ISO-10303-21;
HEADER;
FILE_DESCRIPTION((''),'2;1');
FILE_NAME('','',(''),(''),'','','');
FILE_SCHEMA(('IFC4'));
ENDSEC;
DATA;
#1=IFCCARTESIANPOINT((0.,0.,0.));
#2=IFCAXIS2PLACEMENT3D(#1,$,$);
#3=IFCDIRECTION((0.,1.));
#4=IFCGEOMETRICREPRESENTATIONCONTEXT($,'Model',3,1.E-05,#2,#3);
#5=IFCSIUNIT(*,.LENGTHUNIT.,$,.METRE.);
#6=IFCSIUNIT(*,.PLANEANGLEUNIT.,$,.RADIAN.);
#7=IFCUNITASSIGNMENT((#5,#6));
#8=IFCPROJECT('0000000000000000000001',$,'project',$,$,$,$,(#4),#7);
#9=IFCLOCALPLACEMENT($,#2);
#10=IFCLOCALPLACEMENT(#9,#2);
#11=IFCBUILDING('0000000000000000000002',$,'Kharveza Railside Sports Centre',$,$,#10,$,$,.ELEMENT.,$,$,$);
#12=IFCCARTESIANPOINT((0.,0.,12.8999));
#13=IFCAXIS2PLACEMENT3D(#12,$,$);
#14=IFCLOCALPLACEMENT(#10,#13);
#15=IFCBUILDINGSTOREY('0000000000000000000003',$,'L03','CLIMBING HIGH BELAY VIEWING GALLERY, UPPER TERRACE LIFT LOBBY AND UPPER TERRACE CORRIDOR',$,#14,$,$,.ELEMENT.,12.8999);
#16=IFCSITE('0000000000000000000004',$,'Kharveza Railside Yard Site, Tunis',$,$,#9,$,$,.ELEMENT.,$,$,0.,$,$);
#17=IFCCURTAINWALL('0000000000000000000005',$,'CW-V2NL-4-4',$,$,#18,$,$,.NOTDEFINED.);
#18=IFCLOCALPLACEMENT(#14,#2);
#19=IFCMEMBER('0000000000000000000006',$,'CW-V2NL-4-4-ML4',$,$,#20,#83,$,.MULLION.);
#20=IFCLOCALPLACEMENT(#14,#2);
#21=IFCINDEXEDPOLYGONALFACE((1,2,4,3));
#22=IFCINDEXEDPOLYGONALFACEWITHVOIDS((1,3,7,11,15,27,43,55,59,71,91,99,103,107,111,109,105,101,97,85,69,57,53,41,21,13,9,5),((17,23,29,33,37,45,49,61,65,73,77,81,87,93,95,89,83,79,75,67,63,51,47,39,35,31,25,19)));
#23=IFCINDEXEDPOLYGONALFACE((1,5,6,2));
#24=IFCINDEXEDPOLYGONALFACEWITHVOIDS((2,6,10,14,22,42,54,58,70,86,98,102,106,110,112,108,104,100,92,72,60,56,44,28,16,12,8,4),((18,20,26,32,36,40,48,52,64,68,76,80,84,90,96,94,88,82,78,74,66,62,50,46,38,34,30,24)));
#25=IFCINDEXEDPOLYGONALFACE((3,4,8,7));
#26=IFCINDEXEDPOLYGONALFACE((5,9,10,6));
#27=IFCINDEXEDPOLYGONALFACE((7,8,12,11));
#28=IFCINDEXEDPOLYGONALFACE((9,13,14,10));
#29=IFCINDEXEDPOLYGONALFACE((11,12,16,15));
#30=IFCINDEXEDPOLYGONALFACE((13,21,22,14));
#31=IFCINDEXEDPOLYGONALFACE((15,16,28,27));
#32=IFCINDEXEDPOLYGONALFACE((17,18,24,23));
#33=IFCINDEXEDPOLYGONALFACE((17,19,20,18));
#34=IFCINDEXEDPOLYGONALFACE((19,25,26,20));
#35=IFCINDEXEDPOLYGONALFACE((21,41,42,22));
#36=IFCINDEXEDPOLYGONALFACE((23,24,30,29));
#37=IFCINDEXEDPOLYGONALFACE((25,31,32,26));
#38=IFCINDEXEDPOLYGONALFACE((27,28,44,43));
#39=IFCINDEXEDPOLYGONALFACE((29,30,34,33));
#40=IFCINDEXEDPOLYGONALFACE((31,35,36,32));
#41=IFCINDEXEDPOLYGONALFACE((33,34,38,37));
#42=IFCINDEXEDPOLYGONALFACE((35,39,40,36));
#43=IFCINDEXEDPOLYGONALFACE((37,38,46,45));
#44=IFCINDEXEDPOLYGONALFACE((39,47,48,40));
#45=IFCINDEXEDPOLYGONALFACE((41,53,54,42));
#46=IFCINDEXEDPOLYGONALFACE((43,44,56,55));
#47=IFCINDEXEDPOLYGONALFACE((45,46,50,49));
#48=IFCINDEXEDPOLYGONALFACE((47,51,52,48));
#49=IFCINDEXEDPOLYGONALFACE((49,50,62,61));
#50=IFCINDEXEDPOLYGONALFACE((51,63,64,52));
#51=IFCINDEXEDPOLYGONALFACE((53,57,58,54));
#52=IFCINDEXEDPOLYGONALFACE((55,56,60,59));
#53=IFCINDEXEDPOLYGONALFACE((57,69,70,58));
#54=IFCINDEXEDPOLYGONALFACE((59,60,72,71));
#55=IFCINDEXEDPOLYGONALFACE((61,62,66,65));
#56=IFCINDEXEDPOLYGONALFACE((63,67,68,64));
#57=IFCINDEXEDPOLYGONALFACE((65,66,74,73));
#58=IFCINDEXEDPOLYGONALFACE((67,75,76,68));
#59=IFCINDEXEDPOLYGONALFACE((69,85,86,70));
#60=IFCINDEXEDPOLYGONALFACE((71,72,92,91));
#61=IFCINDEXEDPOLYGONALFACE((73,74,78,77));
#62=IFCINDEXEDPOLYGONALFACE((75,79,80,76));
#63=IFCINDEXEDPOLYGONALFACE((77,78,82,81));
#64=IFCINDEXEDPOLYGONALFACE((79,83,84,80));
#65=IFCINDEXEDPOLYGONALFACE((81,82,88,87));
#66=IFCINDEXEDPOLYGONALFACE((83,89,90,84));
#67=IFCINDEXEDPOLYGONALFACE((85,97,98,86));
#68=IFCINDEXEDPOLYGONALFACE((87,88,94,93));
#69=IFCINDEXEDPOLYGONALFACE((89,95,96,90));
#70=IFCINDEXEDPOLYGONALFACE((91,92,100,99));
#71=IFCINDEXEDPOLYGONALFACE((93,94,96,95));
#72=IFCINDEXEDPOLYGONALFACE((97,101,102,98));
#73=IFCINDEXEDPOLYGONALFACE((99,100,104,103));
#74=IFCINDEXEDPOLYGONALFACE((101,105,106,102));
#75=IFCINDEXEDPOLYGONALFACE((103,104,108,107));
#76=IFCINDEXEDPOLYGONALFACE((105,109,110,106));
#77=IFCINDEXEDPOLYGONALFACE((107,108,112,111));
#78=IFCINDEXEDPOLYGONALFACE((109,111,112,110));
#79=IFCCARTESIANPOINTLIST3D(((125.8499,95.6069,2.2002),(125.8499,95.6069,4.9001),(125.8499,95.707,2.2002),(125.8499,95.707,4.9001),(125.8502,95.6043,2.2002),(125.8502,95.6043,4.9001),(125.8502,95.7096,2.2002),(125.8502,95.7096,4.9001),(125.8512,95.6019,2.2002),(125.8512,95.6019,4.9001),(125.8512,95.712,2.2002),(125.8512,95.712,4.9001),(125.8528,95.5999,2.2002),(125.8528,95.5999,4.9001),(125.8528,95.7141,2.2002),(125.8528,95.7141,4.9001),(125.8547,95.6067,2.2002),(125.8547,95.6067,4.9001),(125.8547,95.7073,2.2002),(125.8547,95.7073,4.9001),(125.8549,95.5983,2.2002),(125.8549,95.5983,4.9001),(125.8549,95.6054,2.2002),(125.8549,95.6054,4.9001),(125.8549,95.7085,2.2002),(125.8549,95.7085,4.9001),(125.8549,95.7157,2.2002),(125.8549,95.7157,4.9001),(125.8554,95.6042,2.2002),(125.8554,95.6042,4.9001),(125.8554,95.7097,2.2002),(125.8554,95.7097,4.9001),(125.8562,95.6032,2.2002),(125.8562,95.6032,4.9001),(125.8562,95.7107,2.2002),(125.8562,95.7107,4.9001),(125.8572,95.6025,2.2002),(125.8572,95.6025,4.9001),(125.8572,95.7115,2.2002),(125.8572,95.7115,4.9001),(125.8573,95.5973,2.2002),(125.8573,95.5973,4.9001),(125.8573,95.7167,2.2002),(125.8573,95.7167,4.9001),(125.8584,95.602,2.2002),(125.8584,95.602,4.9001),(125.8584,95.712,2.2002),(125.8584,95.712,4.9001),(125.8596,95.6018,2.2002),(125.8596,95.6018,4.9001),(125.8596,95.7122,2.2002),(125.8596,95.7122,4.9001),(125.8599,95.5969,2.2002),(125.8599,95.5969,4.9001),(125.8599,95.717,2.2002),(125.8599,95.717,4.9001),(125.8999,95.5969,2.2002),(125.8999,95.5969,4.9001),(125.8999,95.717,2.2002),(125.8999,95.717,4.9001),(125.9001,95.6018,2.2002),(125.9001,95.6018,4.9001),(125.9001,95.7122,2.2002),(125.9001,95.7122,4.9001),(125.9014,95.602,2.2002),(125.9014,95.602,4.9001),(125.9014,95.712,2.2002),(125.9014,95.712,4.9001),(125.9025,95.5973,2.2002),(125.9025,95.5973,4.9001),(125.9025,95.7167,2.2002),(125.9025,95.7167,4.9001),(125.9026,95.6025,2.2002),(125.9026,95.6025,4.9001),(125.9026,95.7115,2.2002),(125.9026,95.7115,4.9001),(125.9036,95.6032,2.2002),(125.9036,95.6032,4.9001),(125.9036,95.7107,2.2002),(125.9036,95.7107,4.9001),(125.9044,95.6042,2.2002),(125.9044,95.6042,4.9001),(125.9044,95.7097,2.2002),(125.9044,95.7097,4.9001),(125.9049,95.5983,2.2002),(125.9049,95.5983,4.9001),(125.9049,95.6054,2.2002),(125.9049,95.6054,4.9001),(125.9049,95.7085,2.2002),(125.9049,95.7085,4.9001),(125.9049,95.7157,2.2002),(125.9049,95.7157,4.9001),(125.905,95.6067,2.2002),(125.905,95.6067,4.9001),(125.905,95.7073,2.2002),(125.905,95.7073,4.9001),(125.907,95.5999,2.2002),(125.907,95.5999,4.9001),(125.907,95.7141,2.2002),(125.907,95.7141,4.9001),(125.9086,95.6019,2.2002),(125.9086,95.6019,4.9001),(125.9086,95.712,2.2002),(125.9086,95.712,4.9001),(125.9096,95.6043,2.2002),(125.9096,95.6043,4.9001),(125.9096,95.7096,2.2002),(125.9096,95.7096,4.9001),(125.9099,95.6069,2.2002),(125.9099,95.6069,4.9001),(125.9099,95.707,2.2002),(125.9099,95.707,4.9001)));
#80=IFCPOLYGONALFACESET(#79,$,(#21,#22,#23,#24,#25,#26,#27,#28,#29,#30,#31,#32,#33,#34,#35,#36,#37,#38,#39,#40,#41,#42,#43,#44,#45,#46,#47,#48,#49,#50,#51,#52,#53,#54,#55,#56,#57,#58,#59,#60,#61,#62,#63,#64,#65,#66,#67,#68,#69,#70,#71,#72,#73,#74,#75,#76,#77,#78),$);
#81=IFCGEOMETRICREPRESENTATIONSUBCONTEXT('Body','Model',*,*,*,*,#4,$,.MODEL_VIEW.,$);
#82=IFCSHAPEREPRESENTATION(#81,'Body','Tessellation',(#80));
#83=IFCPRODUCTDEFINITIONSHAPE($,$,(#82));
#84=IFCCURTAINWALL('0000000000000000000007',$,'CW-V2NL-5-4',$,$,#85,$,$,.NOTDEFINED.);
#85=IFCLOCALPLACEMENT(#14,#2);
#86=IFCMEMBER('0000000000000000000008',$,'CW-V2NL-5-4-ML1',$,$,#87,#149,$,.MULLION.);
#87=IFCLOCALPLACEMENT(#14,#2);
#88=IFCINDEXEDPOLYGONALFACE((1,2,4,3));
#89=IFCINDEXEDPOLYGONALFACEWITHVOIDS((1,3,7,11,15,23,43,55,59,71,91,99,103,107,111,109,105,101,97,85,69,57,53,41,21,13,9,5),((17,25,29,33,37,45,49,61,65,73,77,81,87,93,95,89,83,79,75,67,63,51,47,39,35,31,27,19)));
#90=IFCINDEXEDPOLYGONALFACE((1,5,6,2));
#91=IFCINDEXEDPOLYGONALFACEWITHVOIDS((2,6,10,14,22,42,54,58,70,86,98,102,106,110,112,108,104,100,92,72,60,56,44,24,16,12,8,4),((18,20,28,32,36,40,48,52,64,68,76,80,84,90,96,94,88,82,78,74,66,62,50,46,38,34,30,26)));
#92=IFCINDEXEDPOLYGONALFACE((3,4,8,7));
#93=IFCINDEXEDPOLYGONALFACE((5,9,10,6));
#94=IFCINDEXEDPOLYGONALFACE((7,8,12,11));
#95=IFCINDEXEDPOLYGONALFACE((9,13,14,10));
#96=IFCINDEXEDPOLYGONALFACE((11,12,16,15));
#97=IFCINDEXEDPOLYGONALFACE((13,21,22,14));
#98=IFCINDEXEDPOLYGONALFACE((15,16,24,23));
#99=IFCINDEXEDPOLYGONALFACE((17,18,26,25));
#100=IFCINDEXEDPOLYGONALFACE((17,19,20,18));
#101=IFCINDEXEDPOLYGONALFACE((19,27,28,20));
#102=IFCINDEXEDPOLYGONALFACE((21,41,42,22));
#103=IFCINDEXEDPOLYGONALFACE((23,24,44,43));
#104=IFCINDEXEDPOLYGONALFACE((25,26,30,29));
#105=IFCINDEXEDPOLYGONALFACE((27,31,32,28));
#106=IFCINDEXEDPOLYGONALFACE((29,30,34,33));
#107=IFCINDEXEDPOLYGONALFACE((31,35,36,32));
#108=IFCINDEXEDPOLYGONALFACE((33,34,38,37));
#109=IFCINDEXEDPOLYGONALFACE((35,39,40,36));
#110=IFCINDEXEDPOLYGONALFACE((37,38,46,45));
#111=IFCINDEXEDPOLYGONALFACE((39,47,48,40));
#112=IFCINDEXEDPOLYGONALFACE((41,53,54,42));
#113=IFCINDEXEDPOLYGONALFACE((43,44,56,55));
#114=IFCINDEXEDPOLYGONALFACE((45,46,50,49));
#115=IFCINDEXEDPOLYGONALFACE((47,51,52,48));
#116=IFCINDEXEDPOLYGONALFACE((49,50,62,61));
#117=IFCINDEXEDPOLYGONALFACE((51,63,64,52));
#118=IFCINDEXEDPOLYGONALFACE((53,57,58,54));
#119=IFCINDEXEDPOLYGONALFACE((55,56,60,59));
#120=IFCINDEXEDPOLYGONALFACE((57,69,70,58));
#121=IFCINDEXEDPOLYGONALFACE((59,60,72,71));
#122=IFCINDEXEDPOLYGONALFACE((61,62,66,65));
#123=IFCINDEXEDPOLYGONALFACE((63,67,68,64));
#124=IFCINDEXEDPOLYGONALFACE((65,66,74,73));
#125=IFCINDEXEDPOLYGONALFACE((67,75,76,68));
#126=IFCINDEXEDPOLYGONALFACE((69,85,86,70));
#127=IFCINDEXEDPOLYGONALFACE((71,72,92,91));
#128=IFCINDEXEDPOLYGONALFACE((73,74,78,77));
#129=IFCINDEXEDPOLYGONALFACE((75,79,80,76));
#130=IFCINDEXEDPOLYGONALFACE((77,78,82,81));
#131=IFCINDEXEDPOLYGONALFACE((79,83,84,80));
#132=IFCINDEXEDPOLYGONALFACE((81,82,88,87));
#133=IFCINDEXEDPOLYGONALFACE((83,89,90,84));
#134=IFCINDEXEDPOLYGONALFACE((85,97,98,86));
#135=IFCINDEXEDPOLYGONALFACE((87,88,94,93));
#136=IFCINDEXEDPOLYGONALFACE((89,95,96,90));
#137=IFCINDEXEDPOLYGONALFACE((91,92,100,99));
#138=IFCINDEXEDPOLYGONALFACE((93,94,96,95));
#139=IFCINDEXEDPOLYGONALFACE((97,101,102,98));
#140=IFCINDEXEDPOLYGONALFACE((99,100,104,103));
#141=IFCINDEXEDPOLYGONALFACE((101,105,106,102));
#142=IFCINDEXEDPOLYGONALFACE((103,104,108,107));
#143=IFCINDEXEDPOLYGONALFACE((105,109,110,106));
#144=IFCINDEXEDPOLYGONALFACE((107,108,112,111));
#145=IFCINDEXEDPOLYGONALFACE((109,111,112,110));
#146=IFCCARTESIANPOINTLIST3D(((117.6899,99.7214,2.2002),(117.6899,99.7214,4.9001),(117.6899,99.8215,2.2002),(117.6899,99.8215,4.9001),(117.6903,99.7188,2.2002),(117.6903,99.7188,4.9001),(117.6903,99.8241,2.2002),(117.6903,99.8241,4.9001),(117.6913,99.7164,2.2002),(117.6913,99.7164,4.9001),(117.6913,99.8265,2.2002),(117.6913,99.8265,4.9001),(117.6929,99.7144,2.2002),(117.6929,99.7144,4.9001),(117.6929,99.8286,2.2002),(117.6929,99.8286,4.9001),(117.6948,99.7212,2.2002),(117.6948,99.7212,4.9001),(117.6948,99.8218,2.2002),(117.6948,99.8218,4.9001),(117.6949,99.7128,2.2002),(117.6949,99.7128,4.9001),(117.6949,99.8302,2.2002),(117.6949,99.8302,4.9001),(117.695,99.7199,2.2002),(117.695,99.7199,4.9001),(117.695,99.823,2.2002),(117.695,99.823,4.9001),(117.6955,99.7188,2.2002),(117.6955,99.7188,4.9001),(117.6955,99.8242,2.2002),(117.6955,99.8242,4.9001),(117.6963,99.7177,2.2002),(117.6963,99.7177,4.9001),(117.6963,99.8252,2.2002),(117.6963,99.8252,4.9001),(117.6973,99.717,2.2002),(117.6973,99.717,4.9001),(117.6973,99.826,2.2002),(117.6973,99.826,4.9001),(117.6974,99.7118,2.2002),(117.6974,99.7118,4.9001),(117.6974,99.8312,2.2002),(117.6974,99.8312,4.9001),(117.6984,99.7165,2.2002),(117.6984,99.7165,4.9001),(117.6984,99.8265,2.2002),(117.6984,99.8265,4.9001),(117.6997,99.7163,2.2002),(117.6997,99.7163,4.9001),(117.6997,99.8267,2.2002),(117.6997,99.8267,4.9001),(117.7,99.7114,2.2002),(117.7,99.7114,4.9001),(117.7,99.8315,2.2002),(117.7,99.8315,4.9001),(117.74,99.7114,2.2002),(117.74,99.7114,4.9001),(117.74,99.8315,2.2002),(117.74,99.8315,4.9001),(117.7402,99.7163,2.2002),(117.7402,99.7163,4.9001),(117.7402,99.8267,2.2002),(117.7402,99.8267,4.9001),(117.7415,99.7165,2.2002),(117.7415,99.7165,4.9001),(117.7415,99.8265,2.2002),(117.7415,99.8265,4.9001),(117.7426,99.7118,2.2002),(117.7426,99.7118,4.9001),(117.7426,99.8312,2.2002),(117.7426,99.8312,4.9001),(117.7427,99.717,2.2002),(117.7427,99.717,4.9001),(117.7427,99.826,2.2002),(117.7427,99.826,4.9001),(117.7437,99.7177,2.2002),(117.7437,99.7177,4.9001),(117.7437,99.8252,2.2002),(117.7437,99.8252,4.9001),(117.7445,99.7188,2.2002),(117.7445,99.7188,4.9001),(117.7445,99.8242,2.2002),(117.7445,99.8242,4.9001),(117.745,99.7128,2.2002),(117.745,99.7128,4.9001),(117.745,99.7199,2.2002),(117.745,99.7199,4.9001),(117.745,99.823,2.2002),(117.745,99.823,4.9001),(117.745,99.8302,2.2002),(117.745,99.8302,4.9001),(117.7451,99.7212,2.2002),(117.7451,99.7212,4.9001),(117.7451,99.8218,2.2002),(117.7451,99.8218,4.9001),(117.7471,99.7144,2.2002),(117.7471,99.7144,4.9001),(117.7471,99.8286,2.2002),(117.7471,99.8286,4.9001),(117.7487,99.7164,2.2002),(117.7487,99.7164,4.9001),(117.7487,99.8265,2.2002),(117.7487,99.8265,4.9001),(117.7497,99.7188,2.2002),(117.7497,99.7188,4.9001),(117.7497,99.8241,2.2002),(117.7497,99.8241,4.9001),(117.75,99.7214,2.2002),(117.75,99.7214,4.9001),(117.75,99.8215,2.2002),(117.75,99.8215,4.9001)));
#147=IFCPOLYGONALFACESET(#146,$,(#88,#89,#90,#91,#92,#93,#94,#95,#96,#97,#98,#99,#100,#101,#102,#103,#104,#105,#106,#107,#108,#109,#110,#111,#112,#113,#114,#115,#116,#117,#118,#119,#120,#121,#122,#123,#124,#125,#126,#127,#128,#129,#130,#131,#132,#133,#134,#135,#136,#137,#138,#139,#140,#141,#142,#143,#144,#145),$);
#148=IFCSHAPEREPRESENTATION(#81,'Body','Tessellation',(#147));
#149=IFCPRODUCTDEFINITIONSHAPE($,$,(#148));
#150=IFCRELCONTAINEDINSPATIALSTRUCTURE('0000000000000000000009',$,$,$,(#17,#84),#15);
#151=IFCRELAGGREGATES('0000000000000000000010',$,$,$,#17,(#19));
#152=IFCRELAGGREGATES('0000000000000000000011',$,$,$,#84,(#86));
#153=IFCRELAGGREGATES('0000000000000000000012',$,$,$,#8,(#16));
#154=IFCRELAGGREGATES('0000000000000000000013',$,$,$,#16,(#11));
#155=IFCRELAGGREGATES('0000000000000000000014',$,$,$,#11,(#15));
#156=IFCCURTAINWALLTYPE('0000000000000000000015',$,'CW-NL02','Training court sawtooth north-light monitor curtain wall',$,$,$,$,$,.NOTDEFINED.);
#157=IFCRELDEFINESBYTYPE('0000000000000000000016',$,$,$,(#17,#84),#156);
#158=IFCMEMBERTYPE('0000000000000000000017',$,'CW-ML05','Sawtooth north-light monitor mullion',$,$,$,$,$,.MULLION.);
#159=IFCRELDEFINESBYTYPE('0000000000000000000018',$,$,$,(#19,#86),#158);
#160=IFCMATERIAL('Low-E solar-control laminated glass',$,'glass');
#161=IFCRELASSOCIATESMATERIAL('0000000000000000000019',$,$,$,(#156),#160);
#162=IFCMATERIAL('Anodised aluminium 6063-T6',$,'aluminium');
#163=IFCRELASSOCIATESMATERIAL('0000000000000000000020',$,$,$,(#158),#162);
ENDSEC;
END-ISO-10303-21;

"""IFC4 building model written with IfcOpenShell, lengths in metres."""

from ifc_helpers import new_model, si_unit, direction, frame, origin, origin_2d, place, context, subcontext, project, spatial, hollow_rectangle, extrude, material, material_profile, profile_set, type_object, element, aggregate, save


model = new_model("IFC4")

# Units and contexts
model_context = context("Model", 3, precision=1e-05, world=origin(), true_north=direction((0.0, 1.0)))
body_context = subcontext(model_context, "Body", "Model", "MODEL_VIEW")
ifc_project = project(units=[si_unit("LENGTHUNIT", "METRE"), si_unit("PLANEANGLEUNIT", "RADIAN")], contexts=[model_context])

# Site, building, storey
site_placement = place(None, origin())
site = spatial("IfcSite", under=ifc_project, at=site_placement, Name="Kharveza Railside Yard Site, Tunis", CompositionType="ELEMENT", RefElevation=0.0)
building_placement = place(site_placement, origin())
building = spatial("IfcBuilding", under=site, at=building_placement, Name="Kharveza Railside Sports Centre", CompositionType="ELEMENT")
storey_placement = place(building_placement, frame((0.0, 0.0, 12.8999)))
storey = spatial("IfcBuildingStorey", under=building, at=storey_placement, Name="L03", Description="CLIMBING HIGH BELAY VIEWING GALLERY, UPPER TERRACE LIFT LOBBY AND UPPER TERRACE CORRIDOR", CompositionType="ELEMENT", Elevation=12.8999)

# Curtain walls, members
ifc_material_1 = material(Name="Low-E solar-control laminated glass", Category="glass")
curtain_wall_type = type_object("IfcCurtainWallType", Name="CW-NL02", Description="Training court sawtooth north-light monitor curtain wall", PredefinedType="NOTDEFINED", material=ifc_material_1)
curtain_wall_1_placement = place(storey_placement, origin())
curtain_wall_1 = element("IfcCurtainWall", 1, at=curtain_wall_1_placement, inside=storey, type_object=curtain_wall_type, Name="CW-V2NL-4-4", PredefinedType="NOTDEFINED")
ifc_material_2 = material(Name="Anodised aluminium 6063-T6", Category="aluminium")
ifc_material_profile_1 = material_profile(ifc_material_2, hollow_rectangle(XDim=0.0601, YDim=0.1201, WallThickness=0.0049, InnerFilletRadius=0.0049, OuterFilletRadius=0.01, at=origin_2d()), Name="RHS 60x120x5.0")
ifc_profile_set_1 = profile_set([ifc_material_profile_1], Name="Anodised aluminium 6063-T6")
member_type_1 = type_object("IfcMemberType", Name="CW-ML05", Description="Sawtooth north-light monitor mullion", PredefinedType="MULLION", material=ifc_profile_set_1)
member_1_placement = place(storey_placement, frame((125.8799, 95.657, 2.2002), z_axis=(0.0, 0.0, 1.0), x_axis=(1.0, 0.0, 0.0)))
member_1 = element("IfcMember", 2, at=member_1_placement, type_object=member_type_1, Name="CW-V2NL-4-4-ML4", PredefinedType="MULLION", context=body_context, shape_type="SweptSolid", body=[
    extrude(hollow_rectangle(XDim=0.0601, YDim=0.1201, WallThickness=0.0049, InnerFilletRadius=0.0049, OuterFilletRadius=0.01, at=origin_2d()), origin(), (0.0, 0.0, 1.0), 2.7),
])
curtain_wall_2_placement = place(storey_placement, origin())
curtain_wall_2 = element("IfcCurtainWall", 3, at=curtain_wall_2_placement, inside=storey, type_object=curtain_wall_type, Name="CW-V2NL-5-4", PredefinedType="NOTDEFINED")
member_2_placement = place(storey_placement, frame((117.72, 99.7715, 2.2002), z_axis=(0.0, 0.0, 1.0), x_axis=(1.0, 0.0, 0.0)))
member_2 = element("IfcMember", 4, at=member_2_placement, type_object=member_type_1, Name="CW-V2NL-5-4-ML1", PredefinedType="MULLION", context=body_context, shape_type="SweptSolid", body=[
    extrude(hollow_rectangle(XDim=0.0601, YDim=0.1201, WallThickness=0.0049, InnerFilletRadius=0.0049, OuterFilletRadius=0.01, at=origin_2d()), origin(), (0.0, 0.0, 1.0), 2.7),
])

aggregate(curtain_wall_1, [member_1])
aggregate(curtain_wall_2, [member_2])

save(model, "model.ifc")
